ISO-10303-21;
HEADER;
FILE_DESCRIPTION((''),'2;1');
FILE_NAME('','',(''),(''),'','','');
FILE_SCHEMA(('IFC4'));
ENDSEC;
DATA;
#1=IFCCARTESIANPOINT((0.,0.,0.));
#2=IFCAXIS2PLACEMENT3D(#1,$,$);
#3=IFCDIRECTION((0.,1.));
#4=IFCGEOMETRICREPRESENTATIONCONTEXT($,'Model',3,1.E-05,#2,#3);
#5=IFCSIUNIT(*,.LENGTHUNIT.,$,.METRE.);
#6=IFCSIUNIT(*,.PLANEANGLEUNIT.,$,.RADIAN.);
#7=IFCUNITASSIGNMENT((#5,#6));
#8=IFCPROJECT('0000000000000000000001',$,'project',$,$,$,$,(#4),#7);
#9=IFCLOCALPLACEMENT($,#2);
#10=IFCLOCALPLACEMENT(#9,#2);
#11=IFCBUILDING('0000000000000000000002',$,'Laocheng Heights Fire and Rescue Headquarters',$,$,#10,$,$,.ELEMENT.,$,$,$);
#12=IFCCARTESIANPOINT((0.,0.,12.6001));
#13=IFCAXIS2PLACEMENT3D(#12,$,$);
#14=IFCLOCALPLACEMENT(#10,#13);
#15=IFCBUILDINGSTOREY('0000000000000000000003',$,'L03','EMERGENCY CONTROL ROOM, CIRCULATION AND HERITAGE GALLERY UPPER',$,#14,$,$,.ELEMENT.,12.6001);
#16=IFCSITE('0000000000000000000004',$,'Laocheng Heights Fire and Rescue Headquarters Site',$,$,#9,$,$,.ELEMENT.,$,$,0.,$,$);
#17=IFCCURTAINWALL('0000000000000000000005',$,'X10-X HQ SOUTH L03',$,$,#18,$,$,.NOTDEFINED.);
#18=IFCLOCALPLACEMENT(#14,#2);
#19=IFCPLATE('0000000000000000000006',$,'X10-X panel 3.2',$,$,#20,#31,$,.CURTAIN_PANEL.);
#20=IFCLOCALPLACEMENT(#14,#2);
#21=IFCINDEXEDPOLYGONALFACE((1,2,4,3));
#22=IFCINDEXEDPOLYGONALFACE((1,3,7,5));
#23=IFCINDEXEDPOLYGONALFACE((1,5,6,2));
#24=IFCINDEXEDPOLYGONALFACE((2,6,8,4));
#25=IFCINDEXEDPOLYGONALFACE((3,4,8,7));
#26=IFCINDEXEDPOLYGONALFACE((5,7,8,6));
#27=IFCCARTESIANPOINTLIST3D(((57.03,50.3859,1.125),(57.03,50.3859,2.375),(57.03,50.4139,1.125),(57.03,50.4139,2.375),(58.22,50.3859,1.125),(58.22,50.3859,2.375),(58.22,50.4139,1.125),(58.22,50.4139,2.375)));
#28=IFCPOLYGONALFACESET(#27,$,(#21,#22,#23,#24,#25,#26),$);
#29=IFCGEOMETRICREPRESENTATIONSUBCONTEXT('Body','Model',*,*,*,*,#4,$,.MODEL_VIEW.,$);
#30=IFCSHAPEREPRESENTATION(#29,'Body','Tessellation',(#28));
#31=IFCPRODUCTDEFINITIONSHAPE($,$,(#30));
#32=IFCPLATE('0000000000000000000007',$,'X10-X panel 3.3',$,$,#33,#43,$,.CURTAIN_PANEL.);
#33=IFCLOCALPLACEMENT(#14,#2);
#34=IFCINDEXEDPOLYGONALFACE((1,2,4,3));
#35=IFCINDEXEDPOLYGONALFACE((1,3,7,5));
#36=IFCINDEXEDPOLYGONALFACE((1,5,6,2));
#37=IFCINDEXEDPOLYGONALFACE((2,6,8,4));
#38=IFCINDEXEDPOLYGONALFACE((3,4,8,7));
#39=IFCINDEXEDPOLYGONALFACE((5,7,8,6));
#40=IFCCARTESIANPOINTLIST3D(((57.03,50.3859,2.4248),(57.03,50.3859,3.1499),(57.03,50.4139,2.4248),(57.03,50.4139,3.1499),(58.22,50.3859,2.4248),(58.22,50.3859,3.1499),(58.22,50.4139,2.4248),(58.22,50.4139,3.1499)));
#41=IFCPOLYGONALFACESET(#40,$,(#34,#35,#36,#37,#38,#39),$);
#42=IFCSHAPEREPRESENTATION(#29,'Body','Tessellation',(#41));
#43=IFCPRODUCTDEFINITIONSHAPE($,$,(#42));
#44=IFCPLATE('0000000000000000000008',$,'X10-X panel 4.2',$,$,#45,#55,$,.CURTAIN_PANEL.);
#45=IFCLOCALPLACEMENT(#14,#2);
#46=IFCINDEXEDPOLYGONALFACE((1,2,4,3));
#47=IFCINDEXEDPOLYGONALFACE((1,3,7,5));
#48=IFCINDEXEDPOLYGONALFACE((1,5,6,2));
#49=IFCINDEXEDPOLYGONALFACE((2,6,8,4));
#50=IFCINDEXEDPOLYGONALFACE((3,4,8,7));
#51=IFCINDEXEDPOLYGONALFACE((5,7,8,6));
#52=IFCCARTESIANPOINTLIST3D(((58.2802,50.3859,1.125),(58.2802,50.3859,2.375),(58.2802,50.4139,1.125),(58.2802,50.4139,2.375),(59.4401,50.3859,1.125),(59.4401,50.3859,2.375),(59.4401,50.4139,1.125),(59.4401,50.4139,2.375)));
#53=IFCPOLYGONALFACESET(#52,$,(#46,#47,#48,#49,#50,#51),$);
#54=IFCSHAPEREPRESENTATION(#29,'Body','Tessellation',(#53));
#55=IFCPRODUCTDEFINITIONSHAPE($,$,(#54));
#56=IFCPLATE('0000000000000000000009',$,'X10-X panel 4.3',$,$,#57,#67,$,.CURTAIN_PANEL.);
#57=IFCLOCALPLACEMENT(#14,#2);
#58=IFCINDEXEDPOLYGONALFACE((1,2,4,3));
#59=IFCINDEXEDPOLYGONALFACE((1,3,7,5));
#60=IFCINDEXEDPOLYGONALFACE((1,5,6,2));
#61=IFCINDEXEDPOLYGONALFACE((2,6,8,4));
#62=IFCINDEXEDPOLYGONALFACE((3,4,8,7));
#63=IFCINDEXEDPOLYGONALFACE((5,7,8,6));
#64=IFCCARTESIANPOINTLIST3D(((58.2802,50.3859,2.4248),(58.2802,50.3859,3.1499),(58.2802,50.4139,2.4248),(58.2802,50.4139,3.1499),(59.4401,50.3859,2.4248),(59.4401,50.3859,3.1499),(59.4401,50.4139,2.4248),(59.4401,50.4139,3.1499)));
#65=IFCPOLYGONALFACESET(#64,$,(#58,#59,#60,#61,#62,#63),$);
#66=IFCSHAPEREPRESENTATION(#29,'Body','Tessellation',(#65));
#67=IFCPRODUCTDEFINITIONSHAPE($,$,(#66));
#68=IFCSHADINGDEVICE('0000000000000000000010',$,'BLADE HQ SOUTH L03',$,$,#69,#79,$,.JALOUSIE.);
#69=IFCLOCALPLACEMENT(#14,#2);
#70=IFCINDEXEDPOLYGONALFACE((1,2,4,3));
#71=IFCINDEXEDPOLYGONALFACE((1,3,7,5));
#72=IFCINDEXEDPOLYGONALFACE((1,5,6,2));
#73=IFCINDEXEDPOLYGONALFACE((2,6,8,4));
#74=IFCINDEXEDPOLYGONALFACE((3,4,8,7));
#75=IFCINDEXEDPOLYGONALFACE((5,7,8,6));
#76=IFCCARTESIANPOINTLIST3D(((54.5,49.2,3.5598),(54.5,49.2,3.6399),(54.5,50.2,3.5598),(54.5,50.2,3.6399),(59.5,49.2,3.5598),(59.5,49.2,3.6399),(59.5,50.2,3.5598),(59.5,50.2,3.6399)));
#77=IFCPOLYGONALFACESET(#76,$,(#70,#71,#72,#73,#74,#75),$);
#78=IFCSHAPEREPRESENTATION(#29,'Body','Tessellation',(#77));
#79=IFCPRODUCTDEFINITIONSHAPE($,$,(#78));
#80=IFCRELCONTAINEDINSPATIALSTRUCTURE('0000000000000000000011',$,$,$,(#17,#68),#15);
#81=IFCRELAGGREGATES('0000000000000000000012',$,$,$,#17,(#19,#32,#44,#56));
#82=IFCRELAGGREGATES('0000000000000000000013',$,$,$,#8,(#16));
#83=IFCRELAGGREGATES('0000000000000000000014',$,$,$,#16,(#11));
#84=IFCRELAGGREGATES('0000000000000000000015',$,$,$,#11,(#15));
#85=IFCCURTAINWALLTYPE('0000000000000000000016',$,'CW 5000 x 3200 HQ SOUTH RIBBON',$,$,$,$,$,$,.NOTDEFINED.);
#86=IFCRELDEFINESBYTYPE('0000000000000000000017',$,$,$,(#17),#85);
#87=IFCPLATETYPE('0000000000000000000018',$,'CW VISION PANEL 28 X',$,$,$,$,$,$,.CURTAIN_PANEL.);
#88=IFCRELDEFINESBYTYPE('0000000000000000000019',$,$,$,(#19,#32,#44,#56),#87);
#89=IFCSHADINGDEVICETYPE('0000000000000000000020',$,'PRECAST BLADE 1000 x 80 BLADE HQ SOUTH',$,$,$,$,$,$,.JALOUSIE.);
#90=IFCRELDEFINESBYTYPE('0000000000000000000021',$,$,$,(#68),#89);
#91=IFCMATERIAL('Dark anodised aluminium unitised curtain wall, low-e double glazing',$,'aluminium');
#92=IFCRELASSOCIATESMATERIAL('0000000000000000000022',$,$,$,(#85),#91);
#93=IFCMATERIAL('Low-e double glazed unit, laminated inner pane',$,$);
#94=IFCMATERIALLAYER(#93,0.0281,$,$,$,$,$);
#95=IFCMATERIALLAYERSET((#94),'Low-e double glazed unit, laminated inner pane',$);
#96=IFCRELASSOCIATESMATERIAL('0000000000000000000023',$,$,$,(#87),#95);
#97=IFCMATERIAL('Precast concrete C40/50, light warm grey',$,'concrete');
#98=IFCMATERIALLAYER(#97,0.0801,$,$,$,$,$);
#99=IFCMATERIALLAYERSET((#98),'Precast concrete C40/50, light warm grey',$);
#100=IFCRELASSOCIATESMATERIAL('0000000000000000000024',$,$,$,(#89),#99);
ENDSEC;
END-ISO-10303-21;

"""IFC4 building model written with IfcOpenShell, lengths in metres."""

from ifc_helpers import new_model, si_unit, direction, frame, origin, origin_2d, place, context, subcontext, project, spatial, rectangle, extrude, material, layer, layer_set, type_object, element, aggregate, save


model = new_model("IFC4")

# Units and contexts
model_context = context("Model", 3, precision=1e-05, world=origin(), true_north=direction((0.0, 1.0)))
body_context = subcontext(model_context, "Body", "Model", "MODEL_VIEW")
ifc_project = project(units=[si_unit("LENGTHUNIT", "METRE"), si_unit("PLANEANGLEUNIT", "RADIAN")], contexts=[model_context])

# Site, building, storey
site_placement = place(None, origin())
site = spatial("IfcSite", under=ifc_project, at=site_placement, Name="Laocheng Heights Fire and Rescue Headquarters Site", CompositionType="ELEMENT", RefElevation=0.0)
building_placement = place(site_placement, origin())
building = spatial("IfcBuilding", under=site, at=building_placement, Name="Laocheng Heights Fire and Rescue Headquarters", CompositionType="ELEMENT")
storey_placement = place(building_placement, frame((0.0, 0.0, 12.6001)))
storey = spatial("IfcBuildingStorey", under=building, at=storey_placement, Name="L03", Description="EMERGENCY CONTROL ROOM, CIRCULATION AND HERITAGE GALLERY UPPER", CompositionType="ELEMENT", Elevation=12.6001)

# Curtain wall, plates
ifc_material_1 = material(Name="Dark anodised aluminium unitised curtain wall, low-e double glazing", Category="aluminium")
curtain_wall_type = type_object("IfcCurtainWallType", Name="CW 5000 x 3200 HQ SOUTH RIBBON", PredefinedType="NOTDEFINED", material=ifc_material_1)
curtain_wall_placement = place(storey_placement, origin())
curtain_wall = element("IfcCurtainWall", 1, at=curtain_wall_placement, inside=storey, type_object=curtain_wall_type, Name="X10-X HQ SOUTH L03", PredefinedType="NOTDEFINED")
ifc_material_2 = material(Name="Low-e double glazed unit, laminated inner pane")
ifc_layer_1 = layer(ifc_material_2, 0.0281)
ifc_layer_set_1 = layer_set([ifc_layer_1], Name="Low-e double glazed unit, laminated inner pane")
plate_type_1 = type_object("IfcPlateType", Name="CW VISION PANEL 28 X", PredefinedType="CURTAIN_PANEL", material=ifc_layer_set_1)
plate_1_placement = place(storey_placement, frame((57.625, 50.3999, 1.125), z_axis=(0.0, 0.0, 1.0), x_axis=(1.0, 0.0, 0.0)))
plate_1 = element("IfcPlate", 2, at=plate_1_placement, type_object=plate_type_1, Name="X10-X panel 3.2", PredefinedType="CURTAIN_PANEL", context=body_context, shape_type="SweptSolid", body=[
    extrude(rectangle(XDim=1.1899, YDim=0.0281, at=origin_2d()), origin(), (0.0, 0.0, 1.0), 1.25),
])
plate_2_placement = place(storey_placement, frame((57.625, 50.3999, 2.4248), z_axis=(0.0, 0.0, 1.0), x_axis=(1.0, 0.0, 0.0)))
plate_2 = element("IfcPlate", 3, at=plate_2_placement, type_object=plate_type_1, Name="X10-X panel 3.3", PredefinedType="CURTAIN_PANEL", context=body_context, shape_type="SweptSolid", body=[
    extrude(rectangle(XDim=1.1899, YDim=0.0281, at=origin_2d()), origin(), (0.0, 0.0, 1.0), 0.7251),
])
plate_3_placement = place(storey_placement, frame((58.8601, 50.3999, 1.125), z_axis=(0.0, 0.0, 1.0), x_axis=(1.0, 0.0, 0.0)))
plate_3 = element("IfcPlate", 4, at=plate_3_placement, type_object=plate_type_1, Name="X10-X panel 4.2", PredefinedType="CURTAIN_PANEL", context=body_context, shape_type="SweptSolid", body=[
    extrude(rectangle(XDim=1.1599, YDim=0.0281, at=origin_2d()), origin(), (0.0, 0.0, 1.0), 1.25),
])
plate_4_placement = place(storey_placement, frame((58.8601, 50.3999, 2.4248), z_axis=(0.0, 0.0, 1.0), x_axis=(1.0, 0.0, 0.0)))
plate_4 = element("IfcPlate", 5, at=plate_4_placement, type_object=plate_type_1, Name="X10-X panel 4.3", PredefinedType="CURTAIN_PANEL", context=body_context, shape_type="SweptSolid", body=[
    extrude(rectangle(XDim=1.1599, YDim=0.0281, at=origin_2d()), origin(), (0.0, 0.0, 1.0), 0.7251),
])
aggregate(curtain_wall, [plate_1, plate_2, plate_3, plate_4])

# Shading device
ifc_material_3 = material(Name="Precast concrete C40/50, light warm grey", Category="concrete")
ifc_layer_2 = layer(ifc_material_3, 0.0801)
ifc_layer_set_2 = layer_set([ifc_layer_2], Name="Precast concrete C40/50, light warm grey")
shading_device_type = type_object("IfcShadingDeviceType", Name="PRECAST BLADE 1000 x 80 BLADE HQ SOUTH", PredefinedType="JALOUSIE", material=ifc_layer_set_2)
shading_device_placement = place(storey_placement, frame((57.0, 49.7, 3.5598), z_axis=(0.0, 0.0, 1.0), x_axis=(1.0, 0.0, 0.0)))
element("IfcShadingDevice", 6, at=shading_device_placement, inside=storey, type_object=shading_device_type, Name="BLADE HQ SOUTH L03", PredefinedType="JALOUSIE", context=body_context, shape_type="SweptSolid", body=[
    extrude(rectangle(XDim=5.0, YDim=1.0, at=origin_2d()), origin(), (0.0, 0.0, 1.0), 0.0801),
])

save(model, "model.ifc")
